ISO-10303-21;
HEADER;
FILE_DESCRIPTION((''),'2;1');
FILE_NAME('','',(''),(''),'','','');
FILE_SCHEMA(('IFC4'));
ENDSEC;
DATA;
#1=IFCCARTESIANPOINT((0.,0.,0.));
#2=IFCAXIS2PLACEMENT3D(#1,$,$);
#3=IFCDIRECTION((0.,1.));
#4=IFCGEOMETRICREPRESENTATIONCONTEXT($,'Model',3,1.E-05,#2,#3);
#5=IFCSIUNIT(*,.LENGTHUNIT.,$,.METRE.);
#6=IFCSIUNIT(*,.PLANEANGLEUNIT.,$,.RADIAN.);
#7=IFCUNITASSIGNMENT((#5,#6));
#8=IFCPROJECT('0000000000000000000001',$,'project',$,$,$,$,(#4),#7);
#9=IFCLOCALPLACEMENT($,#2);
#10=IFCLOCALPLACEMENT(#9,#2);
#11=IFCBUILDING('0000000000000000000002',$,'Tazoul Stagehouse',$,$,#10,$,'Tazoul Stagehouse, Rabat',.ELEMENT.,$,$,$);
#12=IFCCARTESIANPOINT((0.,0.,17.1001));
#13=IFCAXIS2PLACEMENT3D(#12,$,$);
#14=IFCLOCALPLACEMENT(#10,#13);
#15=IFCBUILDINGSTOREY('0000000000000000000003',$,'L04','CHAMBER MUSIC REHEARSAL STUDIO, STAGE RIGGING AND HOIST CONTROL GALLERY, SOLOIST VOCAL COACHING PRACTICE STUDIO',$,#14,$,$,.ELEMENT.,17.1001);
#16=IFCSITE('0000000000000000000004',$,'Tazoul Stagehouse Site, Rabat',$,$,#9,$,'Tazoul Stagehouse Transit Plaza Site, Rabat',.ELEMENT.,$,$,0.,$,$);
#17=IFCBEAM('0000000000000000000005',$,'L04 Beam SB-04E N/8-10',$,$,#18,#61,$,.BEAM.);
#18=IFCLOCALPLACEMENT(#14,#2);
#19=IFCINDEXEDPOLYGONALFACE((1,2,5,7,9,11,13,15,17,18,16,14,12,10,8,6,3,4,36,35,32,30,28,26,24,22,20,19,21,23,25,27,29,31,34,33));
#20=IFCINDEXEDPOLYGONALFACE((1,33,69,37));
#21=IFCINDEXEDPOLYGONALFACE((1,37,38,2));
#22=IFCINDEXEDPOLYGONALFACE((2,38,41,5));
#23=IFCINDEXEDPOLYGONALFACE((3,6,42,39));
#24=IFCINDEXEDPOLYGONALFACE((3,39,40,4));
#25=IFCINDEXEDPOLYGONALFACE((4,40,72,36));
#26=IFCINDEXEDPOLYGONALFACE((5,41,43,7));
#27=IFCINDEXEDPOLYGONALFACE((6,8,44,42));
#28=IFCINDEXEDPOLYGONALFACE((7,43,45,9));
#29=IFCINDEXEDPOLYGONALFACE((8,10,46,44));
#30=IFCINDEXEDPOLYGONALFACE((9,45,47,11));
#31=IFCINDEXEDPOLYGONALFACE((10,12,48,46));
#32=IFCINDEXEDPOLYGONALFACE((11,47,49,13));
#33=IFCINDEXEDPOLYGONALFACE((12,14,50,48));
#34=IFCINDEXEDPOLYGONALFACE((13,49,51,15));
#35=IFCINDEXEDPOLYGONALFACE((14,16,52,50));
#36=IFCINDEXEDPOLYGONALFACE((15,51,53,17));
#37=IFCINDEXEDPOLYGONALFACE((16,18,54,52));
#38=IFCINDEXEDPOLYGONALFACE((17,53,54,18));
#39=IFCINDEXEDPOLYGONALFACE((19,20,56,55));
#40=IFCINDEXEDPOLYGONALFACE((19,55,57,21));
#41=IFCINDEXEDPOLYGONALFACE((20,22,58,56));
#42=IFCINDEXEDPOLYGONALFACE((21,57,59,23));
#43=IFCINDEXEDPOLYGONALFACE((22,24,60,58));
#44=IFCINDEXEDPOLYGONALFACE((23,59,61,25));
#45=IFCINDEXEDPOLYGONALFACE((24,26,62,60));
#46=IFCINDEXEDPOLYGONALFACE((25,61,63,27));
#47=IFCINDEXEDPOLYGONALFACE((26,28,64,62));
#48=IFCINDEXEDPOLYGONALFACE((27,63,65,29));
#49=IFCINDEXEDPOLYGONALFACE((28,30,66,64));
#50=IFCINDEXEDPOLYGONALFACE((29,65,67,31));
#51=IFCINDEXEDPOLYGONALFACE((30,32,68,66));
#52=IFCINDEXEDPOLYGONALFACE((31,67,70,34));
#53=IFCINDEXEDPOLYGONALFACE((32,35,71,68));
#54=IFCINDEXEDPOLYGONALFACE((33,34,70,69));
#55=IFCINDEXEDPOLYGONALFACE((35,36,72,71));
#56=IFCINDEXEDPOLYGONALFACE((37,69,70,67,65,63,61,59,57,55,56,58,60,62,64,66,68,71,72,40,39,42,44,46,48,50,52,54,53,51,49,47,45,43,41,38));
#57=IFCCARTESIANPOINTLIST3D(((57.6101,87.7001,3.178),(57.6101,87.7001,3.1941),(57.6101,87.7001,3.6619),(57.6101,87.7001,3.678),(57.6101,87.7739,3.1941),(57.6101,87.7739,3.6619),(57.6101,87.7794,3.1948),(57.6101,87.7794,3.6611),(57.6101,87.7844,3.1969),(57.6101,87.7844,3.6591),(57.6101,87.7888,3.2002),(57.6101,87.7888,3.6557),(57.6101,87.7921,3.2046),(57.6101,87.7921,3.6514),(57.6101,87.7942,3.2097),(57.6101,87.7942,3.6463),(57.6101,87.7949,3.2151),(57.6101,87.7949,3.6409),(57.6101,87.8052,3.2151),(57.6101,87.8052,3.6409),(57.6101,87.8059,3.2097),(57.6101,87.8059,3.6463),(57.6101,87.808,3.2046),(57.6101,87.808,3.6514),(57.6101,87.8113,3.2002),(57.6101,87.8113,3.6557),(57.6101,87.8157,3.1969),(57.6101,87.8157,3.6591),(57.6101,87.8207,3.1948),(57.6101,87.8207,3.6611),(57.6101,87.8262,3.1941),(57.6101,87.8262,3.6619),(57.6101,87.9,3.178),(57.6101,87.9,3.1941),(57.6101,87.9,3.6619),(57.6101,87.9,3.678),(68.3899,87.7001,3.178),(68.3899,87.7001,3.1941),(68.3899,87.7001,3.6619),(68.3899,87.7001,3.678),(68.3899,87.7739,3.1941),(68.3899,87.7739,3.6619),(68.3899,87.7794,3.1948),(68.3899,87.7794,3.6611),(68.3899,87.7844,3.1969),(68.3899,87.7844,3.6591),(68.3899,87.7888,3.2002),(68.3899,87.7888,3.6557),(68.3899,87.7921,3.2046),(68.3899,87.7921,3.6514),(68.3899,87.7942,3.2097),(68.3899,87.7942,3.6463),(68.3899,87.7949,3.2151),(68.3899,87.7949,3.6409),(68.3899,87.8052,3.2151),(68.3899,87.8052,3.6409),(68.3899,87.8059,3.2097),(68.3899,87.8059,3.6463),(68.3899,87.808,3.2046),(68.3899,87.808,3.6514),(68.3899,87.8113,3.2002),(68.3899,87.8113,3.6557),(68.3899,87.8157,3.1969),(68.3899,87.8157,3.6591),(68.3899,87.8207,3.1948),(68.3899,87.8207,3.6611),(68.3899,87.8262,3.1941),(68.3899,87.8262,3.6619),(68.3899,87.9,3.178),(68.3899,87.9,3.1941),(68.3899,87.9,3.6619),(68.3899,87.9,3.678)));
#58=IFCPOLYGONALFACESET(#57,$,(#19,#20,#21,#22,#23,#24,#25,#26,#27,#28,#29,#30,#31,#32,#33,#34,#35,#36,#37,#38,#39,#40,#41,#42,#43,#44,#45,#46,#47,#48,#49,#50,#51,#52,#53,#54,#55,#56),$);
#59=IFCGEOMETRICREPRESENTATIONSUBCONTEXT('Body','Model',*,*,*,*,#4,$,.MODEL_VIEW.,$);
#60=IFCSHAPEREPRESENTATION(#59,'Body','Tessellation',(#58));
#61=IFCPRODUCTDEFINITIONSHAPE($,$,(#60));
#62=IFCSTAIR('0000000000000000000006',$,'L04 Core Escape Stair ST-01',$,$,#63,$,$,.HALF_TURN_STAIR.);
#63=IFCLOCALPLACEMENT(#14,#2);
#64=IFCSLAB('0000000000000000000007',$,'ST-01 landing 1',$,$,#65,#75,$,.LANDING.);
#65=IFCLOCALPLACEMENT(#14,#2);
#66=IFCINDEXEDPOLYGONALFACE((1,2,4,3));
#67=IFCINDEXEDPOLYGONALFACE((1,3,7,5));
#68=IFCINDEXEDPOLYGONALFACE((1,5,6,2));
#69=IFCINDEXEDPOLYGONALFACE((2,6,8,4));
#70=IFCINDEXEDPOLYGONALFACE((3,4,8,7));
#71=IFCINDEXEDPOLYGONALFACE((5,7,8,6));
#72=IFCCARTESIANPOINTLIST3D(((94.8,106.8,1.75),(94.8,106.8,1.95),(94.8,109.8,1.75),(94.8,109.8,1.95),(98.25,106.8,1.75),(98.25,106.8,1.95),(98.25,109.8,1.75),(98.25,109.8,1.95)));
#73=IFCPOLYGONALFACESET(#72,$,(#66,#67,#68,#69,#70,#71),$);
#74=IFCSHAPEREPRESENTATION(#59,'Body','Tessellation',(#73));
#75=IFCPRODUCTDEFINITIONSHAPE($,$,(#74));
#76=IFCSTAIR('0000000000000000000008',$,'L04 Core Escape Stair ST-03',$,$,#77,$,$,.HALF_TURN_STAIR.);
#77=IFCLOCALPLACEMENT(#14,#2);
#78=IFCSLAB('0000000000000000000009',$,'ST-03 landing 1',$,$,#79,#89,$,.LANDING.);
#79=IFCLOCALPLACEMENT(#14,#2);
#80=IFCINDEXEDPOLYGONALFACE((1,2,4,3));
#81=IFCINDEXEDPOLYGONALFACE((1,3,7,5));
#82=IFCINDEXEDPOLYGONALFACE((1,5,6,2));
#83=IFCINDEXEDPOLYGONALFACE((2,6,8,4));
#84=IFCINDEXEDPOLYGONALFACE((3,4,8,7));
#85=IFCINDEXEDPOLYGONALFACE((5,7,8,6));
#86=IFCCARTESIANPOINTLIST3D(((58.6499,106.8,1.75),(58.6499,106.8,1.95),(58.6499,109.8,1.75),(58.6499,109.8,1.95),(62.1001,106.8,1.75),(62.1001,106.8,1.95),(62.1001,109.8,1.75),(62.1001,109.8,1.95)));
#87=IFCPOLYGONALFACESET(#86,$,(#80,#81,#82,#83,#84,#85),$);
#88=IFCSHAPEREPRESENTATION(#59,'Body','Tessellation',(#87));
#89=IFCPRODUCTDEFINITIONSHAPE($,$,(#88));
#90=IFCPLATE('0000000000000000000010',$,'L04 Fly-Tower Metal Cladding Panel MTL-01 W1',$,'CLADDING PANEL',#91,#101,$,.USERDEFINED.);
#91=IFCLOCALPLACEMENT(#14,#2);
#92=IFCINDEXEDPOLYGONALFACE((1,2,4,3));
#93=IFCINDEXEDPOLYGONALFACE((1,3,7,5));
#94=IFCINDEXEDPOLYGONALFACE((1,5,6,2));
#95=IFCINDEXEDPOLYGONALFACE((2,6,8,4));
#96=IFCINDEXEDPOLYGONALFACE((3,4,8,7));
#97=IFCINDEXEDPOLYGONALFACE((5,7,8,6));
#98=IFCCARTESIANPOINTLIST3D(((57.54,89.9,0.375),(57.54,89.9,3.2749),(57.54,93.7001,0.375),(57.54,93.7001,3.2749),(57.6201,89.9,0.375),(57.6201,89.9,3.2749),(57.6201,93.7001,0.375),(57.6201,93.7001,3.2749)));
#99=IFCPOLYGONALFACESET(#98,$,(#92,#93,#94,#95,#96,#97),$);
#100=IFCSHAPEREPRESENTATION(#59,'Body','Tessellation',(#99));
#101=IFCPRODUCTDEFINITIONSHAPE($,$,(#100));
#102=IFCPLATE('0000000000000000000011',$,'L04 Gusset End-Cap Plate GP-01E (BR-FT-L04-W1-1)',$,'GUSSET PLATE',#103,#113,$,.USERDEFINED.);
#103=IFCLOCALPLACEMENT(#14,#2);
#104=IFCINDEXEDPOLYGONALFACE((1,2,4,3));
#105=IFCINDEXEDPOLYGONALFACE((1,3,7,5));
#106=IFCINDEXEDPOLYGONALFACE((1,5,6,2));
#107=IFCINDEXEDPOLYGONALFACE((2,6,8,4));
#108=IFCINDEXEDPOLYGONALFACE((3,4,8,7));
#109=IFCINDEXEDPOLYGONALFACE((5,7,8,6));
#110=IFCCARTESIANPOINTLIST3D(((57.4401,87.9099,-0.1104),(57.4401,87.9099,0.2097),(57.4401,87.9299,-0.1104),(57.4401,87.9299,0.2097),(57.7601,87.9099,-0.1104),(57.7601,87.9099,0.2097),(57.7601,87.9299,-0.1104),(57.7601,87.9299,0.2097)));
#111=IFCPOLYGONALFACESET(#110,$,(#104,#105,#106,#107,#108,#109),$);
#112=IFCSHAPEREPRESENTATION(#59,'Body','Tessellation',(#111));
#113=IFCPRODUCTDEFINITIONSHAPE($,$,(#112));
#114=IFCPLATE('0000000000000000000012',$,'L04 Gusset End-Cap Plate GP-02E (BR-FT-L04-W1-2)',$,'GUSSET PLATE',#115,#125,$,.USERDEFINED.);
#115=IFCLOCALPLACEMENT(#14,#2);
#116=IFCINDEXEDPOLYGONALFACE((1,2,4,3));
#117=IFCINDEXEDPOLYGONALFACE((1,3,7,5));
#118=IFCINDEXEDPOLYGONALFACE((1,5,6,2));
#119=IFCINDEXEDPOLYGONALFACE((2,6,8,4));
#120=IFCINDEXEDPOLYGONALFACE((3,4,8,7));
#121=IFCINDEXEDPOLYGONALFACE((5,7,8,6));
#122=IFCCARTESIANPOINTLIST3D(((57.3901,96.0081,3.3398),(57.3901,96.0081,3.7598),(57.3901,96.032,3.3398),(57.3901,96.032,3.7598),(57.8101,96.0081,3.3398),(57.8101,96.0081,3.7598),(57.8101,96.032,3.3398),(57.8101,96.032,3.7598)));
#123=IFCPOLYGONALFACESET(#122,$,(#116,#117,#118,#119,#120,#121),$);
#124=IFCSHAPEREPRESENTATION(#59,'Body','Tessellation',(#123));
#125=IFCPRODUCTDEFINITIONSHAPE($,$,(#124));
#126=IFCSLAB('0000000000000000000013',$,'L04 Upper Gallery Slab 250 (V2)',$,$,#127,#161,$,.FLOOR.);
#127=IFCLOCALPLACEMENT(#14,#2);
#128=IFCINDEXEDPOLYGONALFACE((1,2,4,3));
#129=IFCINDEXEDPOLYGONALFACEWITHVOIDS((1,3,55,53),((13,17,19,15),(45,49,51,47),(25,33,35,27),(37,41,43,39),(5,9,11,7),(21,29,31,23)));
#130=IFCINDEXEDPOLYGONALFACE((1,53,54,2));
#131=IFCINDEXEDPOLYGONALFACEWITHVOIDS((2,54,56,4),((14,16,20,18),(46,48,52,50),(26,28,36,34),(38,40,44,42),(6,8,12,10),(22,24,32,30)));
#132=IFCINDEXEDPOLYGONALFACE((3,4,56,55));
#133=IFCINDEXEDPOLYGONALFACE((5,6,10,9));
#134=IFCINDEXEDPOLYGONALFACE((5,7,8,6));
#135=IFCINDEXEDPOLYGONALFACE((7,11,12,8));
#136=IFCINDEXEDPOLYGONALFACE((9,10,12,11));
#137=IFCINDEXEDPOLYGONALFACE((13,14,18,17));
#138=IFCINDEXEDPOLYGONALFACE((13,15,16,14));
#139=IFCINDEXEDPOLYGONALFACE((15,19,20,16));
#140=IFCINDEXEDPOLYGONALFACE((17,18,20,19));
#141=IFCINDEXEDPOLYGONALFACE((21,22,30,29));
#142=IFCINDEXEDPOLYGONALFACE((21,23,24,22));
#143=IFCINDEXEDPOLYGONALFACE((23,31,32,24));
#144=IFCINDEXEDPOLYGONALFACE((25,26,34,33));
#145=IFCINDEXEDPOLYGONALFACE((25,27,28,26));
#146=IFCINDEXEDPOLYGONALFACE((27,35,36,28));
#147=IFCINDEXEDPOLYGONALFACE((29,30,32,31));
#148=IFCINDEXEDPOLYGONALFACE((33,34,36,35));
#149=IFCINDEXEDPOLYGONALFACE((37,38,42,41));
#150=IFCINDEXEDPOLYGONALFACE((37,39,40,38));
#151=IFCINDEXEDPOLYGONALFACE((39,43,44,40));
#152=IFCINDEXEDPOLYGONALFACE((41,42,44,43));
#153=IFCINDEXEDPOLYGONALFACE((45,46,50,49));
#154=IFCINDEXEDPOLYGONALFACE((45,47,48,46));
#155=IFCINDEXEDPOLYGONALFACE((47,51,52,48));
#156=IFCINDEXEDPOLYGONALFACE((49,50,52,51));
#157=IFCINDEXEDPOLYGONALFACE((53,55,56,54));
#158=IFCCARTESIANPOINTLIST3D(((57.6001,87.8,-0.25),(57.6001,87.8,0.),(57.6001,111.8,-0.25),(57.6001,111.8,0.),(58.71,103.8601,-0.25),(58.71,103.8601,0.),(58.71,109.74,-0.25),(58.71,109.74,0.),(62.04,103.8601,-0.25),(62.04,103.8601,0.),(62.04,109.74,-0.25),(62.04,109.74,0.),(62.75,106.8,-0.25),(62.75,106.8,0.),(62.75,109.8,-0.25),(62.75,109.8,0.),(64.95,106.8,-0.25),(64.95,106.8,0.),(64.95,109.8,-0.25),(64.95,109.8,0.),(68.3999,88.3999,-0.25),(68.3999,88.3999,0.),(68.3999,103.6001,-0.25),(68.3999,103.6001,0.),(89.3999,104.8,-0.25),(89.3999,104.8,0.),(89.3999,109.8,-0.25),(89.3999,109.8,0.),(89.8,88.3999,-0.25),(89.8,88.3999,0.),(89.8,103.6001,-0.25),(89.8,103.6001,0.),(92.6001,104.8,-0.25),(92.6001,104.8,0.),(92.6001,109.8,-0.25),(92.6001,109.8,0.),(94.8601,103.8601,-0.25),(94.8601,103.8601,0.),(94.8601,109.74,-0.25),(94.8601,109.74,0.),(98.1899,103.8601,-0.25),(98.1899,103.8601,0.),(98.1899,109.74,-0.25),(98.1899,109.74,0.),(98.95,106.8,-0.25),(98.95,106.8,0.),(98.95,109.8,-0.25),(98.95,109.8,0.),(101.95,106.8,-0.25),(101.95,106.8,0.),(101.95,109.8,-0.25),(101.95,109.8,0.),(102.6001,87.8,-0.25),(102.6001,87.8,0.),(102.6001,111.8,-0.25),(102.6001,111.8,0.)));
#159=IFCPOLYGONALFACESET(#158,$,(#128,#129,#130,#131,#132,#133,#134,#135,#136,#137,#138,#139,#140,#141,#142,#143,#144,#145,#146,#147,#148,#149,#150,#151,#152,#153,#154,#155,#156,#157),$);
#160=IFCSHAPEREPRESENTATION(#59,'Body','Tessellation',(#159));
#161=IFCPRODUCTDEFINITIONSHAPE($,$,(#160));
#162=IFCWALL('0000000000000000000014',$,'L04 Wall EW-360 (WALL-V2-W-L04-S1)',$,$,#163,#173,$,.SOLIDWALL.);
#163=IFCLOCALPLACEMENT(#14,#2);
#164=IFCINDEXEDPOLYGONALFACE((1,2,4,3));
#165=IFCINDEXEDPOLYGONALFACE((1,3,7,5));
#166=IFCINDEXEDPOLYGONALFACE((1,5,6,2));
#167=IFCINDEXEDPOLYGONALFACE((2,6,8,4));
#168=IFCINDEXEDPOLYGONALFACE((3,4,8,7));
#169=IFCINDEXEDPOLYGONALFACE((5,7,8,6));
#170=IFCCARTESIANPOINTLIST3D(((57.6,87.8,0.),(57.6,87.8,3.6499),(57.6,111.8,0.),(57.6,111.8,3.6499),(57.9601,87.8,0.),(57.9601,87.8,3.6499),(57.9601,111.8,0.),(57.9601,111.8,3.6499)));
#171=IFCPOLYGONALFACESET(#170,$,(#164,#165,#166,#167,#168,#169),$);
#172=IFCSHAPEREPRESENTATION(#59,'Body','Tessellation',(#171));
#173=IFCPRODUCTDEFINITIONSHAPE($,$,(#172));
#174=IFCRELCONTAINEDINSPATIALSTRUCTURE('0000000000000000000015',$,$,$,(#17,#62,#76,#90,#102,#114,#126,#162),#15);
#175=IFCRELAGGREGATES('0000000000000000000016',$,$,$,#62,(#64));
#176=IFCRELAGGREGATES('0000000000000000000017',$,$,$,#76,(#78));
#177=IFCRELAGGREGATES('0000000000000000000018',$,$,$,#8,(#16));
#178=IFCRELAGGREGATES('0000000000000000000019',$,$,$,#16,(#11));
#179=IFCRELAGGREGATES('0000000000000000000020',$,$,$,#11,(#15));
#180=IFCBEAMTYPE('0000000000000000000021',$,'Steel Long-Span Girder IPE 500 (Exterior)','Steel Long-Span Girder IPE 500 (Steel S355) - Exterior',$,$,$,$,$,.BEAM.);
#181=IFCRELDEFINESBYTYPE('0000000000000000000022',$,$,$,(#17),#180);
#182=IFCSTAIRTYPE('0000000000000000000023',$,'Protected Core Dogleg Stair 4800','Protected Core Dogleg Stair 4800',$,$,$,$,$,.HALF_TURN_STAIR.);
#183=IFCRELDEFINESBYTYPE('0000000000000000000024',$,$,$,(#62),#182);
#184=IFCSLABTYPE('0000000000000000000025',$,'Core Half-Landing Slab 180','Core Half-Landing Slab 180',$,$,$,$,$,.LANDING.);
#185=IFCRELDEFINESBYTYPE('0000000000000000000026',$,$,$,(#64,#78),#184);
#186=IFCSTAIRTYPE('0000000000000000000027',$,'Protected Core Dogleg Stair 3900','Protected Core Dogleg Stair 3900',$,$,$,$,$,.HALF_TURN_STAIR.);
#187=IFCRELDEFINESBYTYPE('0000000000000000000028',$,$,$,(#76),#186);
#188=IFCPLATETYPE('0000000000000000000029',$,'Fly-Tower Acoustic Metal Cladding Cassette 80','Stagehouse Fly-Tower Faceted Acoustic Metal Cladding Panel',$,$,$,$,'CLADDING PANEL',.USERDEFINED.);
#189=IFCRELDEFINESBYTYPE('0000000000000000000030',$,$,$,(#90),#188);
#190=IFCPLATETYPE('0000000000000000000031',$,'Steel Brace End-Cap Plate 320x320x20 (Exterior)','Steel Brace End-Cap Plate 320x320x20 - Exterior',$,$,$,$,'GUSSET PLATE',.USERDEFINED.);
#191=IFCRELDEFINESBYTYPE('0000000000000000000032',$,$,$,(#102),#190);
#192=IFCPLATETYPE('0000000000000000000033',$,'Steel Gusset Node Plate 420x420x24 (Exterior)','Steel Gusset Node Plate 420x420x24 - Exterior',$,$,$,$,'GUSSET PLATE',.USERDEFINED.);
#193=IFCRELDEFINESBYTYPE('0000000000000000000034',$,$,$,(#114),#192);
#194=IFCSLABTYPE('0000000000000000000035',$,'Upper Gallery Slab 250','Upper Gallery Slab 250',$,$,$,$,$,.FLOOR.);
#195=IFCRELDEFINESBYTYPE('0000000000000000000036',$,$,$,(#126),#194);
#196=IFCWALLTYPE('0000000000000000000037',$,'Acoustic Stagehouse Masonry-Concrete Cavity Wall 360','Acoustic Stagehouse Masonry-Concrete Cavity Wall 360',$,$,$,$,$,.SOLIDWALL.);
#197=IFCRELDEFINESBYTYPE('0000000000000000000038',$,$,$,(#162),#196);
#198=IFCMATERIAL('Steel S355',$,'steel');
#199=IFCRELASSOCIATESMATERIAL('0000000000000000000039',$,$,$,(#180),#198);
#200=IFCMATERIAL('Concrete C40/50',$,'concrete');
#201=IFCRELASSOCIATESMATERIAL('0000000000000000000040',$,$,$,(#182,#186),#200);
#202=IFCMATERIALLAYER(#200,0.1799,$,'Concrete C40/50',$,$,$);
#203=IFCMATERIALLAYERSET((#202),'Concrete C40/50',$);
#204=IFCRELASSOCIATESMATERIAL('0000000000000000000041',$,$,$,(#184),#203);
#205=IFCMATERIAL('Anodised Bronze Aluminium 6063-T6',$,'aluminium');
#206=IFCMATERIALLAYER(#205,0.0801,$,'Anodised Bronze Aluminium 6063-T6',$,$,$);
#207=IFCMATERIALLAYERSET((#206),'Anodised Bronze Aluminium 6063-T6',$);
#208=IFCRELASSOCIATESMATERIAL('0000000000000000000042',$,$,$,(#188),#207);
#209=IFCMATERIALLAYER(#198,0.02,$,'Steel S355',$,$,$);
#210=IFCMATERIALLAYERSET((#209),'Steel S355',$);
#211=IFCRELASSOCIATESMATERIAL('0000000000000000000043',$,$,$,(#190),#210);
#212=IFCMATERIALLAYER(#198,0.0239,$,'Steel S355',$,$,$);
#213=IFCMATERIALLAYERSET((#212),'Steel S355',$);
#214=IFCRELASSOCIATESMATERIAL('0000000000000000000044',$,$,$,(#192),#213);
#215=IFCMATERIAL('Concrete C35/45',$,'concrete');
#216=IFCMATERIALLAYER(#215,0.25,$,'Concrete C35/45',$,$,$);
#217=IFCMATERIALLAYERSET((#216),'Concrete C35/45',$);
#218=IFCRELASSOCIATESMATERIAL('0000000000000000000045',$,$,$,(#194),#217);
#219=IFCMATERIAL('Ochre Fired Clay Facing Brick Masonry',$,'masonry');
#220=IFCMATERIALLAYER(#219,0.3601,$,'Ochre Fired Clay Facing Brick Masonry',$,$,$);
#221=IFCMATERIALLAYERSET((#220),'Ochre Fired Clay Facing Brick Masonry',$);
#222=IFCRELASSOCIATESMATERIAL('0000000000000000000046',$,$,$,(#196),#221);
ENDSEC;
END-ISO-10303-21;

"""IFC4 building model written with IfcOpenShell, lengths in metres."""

from ifc_helpers import new_model, si_unit, direction, frame, frame_2d, origin, origin_2d, place, context, subcontext, project, spatial, polyline, rectangle, i_section, outline, extrude, material, layer, layer_set, material_profile, profile_set, type_object, element, aggregate, save


model = new_model("IFC4")

# Units and contexts
model_context = context("Model", 3, precision=1e-05, world=origin(), true_north=direction((0.0, 1.0)))
body_context = subcontext(model_context, "Body", "Model", "MODEL_VIEW")
ifc_project = project(units=[si_unit("LENGTHUNIT", "METRE"), si_unit("PLANEANGLEUNIT", "RADIAN")], contexts=[model_context])

# Site, building, storey
site_placement = place(None, origin())
site = spatial("IfcSite", under=ifc_project, at=site_placement, Name="Tazoul Stagehouse Site, Rabat", LongName="Tazoul Stagehouse Transit Plaza Site, Rabat", CompositionType="ELEMENT", RefElevation=0.0)
building_placement = place(site_placement, origin())
building = spatial("IfcBuilding", under=site, at=building_placement, Name="Tazoul Stagehouse", LongName="Tazoul Stagehouse, Rabat", CompositionType="ELEMENT")
storey_placement = place(building_placement, frame((0.0, 0.0, 17.1001)))
storey = spatial("IfcBuildingStorey", under=building, at=storey_placement, Name="L04", Description="CHAMBER MUSIC REHEARSAL STUDIO, STAGE RIGGING AND HOIST CONTROL GALLERY, SOLOIST VOCAL COACHING PRACTICE STUDIO", CompositionType="ELEMENT", Elevation=17.1001)

# Shared definitions
ifc_material_1 = material(Name="Steel S355", Category="steel")

# Beam
ifc_material_profile_1 = material_profile(ifc_material_1, i_section(OverallWidth=0.2, OverallDepth=0.5, WebThickness=0.0103, FlangeThickness=0.0161, FilletRadius=0.021, at=origin_2d()), Name="IPE 500")
ifc_profile_set_1 = profile_set([ifc_material_profile_1], Name="Steel S355")
beam_type_1 = type_object("IfcBeamType", Name="Steel Long-Span Girder IPE 500 (Exterior)", Description="Steel Long-Span Girder IPE 500 (Steel S355) - Exterior", PredefinedType="BEAM", material=ifc_profile_set_1)
beam_1_placement = place(storey_placement, frame((57.6101, 87.8, 3.428), z_axis=(1.0, 0.0, 0.0), x_axis=(0.0, 1.0, 0.0)))
element("IfcBeam", 1, at=beam_1_placement, inside=storey, type_object=beam_type_1, Name="L04 Beam SB-04E N/8-10", PredefinedType="BEAM", context=body_context, shape_type="SweptSolid", body=[
    extrude(i_section(OverallWidth=0.2, OverallDepth=0.5, WebThickness=0.0103, FlangeThickness=0.0161, FilletRadius=0.021, at=origin_2d()), origin(), (0.0, 0.0, 1.0), 10.7798),
])

# Stairs, slabs
ifc_material_2 = material(Name="Concrete C40/50", Category="concrete")
stair_type_1 = type_object("IfcStairType", Name="Protected Core Dogleg Stair 4800", Description="Protected Core Dogleg Stair 4800", PredefinedType="HALF_TURN_STAIR", material=ifc_material_2)
stair_1_placement = place(storey_placement, origin())
stair_1 = element("IfcStair", 2, at=stair_1_placement, inside=storey, type_object=stair_type_1, Name="L04 Core Escape Stair ST-01", PredefinedType="HALF_TURN_STAIR")
ifc_layer_1 = layer(ifc_material_2, 0.1799, Name="Concrete C40/50")
ifc_layer_set_1 = layer_set([ifc_layer_1], Name="Concrete C40/50")
slab_type_1 = type_object("IfcSlabType", Name="Core Half-Landing Slab 180", Description="Core Half-Landing Slab 180", PredefinedType="LANDING", material=ifc_layer_set_1)
slab_1_placement = place(storey_placement, frame((0.0, 0.0, 1.75)))
slab_1 = element("IfcSlab", 3, at=slab_1_placement, type_object=slab_type_1, Name="ST-01 landing 1", PredefinedType="LANDING", context=body_context, shape_type="SweptSolid", body=[
    extrude(outline(polyline([(98.25, 106.8), (98.25, 109.8), (94.8, 109.8), (94.8, 106.8), (98.25, 106.8)])), origin(), (0.0, 0.0, 1.0), 0.2),
])
aggregate(stair_1, [slab_1])
stair_type_2 = type_object("IfcStairType", Name="Protected Core Dogleg Stair 3900", Description="Protected Core Dogleg Stair 3900", PredefinedType="HALF_TURN_STAIR", material=ifc_material_2)
stair_2_placement = place(storey_placement, origin())
stair_2 = element("IfcStair", 4, at=stair_2_placement, inside=storey, type_object=stair_type_2, Name="L04 Core Escape Stair ST-03", PredefinedType="HALF_TURN_STAIR")
slab_2_placement = place(storey_placement, frame((0.0, 0.0, 1.75)))
slab_2 = element("IfcSlab", 5, at=slab_2_placement, type_object=slab_type_1, Name="ST-03 landing 1", PredefinedType="LANDING", context=body_context, shape_type="SweptSolid", body=[
    extrude(outline(polyline([(62.1001, 106.8), (62.1001, 109.8), (58.6499, 109.8), (58.6499, 106.8), (62.1001, 106.8)])), origin(), (0.0, 0.0, 1.0), 0.2),
])
aggregate(stair_2, [slab_2])

# Plates
ifc_material_3 = material(Name="Anodised Bronze Aluminium 6063-T6", Category="aluminium")
ifc_layer_2 = layer(ifc_material_3, 0.0801, Name="Anodised Bronze Aluminium 6063-T6")
ifc_layer_set_2 = layer_set([ifc_layer_2], Name="Anodised Bronze Aluminium 6063-T6")
plate_type_1 = type_object("IfcPlateType", Name="Fly-Tower Acoustic Metal Cladding Cassette 80", Description="Stagehouse Fly-Tower Faceted Acoustic Metal Cladding Panel", ElementType="CLADDING PANEL", PredefinedType="USERDEFINED", material=ifc_layer_set_2)
plate_1_placement = place(storey_placement, frame((57.5801, 91.8, 0.375), z_axis=(0.0, 0.0, 1.0), x_axis=(0.0, 1.0, 0.0)))
element("IfcPlate", 6, at=plate_1_placement, inside=storey, type_object=plate_type_1, Name="L04 Fly-Tower Metal Cladding Panel MTL-01 W1", ObjectType="CLADDING PANEL", PredefinedType="USERDEFINED", context=body_context, shape_type="SweptSolid", body=[
    extrude(rectangle(XDim=3.8, YDim=0.0801, at=origin_2d()), origin(), (0.0, 0.0, 1.0), 2.8999),
])
ifc_layer_3 = layer(ifc_material_1, 0.02, Name="Steel S355")
ifc_layer_set_3 = layer_set([ifc_layer_3], Name="Steel S355")
plate_type_2 = type_object("IfcPlateType", Name="Steel Brace End-Cap Plate 320x320x20 (Exterior)", Description="Steel Brace End-Cap Plate 320x320x20 - Exterior", ElementType="GUSSET PLATE", PredefinedType="USERDEFINED", material=ifc_layer_set_3)
plate_2_placement = place(storey_placement, frame((57.6001, 87.9199, -0.1104), z_axis=(0.0, 0.0, 1.0), x_axis=(0.0, 1.0, 0.0)))
element("IfcPlate", 7, at=plate_2_placement, inside=storey, type_object=plate_type_2, Name="L04 Gusset End-Cap Plate GP-01E (BR-FT-L04-W1-1)", ObjectType="GUSSET PLATE", PredefinedType="USERDEFINED", context=body_context, shape_type="SweptSolid", body=[
    extrude(rectangle(XDim=0.02, YDim=0.3201, at=origin_2d()), origin(), (0.0, 0.0, 1.0), 0.3201),
])
ifc_layer_4 = layer(ifc_material_1, 0.0239, Name="Steel S355")
ifc_layer_set_4 = layer_set([ifc_layer_4], Name="Steel S355")
plate_type_3 = type_object("IfcPlateType", Name="Steel Gusset Node Plate 420x420x24 (Exterior)", Description="Steel Gusset Node Plate 420x420x24 - Exterior", ElementType="GUSSET PLATE", PredefinedType="USERDEFINED", material=ifc_layer_set_4)
plate_3_placement = place(storey_placement, frame((57.6001, 96.02, 3.3398), z_axis=(0.0, 0.0, 1.0), x_axis=(0.0, 1.0, 0.0)))
element("IfcPlate", 8, at=plate_3_placement, inside=storey, type_object=plate_type_3, Name="L04 Gusset End-Cap Plate GP-02E (BR-FT-L04-W1-2)", ObjectType="GUSSET PLATE", PredefinedType="USERDEFINED", context=body_context, shape_type="SweptSolid", body=[
    extrude(rectangle(XDim=0.0239, YDim=0.4199, at=origin_2d()), origin(), (0.0, 0.0, 1.0), 0.4199),
])

# Slab
ifc_material_4 = material(Name="Concrete C35/45", Category="concrete")
ifc_layer_5 = layer(ifc_material_4, 0.25, Name="Concrete C35/45")
ifc_layer_set_5 = layer_set([ifc_layer_5], Name="Concrete C35/45")
slab_type_2 = type_object("IfcSlabType", Name="Upper Gallery Slab 250", Description="Upper Gallery Slab 250", PredefinedType="FLOOR", material=ifc_layer_set_5)
slab_3_placement = place(storey_placement, frame((0.0, 0.0, -0.25)))
element("IfcSlab", 9, at=slab_3_placement, inside=storey, type_object=slab_type_2, Name="L04 Upper Gallery Slab 250 (V2)", PredefinedType="FLOOR", context=body_context, shape_type="SweptSolid", body=[
    extrude(outline(polyline([(57.6001, 87.8), (57.6001, 111.8), (102.6001, 111.8), (102.6001, 87.8), (57.6001, 87.8)]), holes=[polyline([(89.8, 88.3999), (68.3999, 88.3999), (68.3999, 103.6001), (89.8, 103.6001), (89.8, 88.3999)]), polyline([(62.04, 103.8601), (58.71, 103.8601), (58.71, 109.74), (62.04, 109.74), (62.04, 103.8601)]), polyline([(98.1899, 103.8601), (94.8601, 103.8601), (94.8601, 109.74), (98.1899, 109.74), (98.1899, 103.8601)]), polyline([(92.6001, 109.8), (92.6001, 104.8), (89.3999, 104.8), (89.3999, 109.8), (92.6001, 109.8)]), polyline([(64.95, 106.8), (62.75, 106.8), (62.75, 109.8), (64.95, 109.8), (64.95, 106.8)]), polyline([(101.95, 106.8), (98.95, 106.8), (98.95, 109.8), (101.95, 109.8), (101.95, 106.8)])]), origin(), (0.0, 0.0, 1.0), 0.25),
])

# Wall
ifc_material_5 = material(Name="Ochre Fired Clay Facing Brick Masonry", Category="masonry")
ifc_layer_6 = layer(ifc_material_5, 0.3601, Name="Ochre Fired Clay Facing Brick Masonry")
ifc_layer_set_6 = layer_set([ifc_layer_6], Name="Ochre Fired Clay Facing Brick Masonry")
wall_type_1 = type_object("IfcWallType", Name="Acoustic Stagehouse Masonry-Concrete Cavity Wall 360", Description="Acoustic Stagehouse Masonry-Concrete Cavity Wall 360", PredefinedType="SOLIDWALL", material=ifc_layer_set_6)
wall_1_placement = place(storey_placement, frame((57.78, 87.8, 0.0), z_axis=(0.0, 0.0, 1.0), x_axis=(0.0, 1.0, 0.0)))
element("IfcWall", 10, at=wall_1_placement, inside=storey, type_object=wall_type_1, Name="L04 Wall EW-360 (WALL-V2-W-L04-S1)", PredefinedType="SOLIDWALL", context=body_context, shape_type="SweptSolid", body=[
    extrude(rectangle(XDim=24.0, YDim=0.3601, at=frame_2d((12.0, 0.0))), origin(), (0.0, 0.0, 1.0), 3.6499),
])

save(model, "model.ifc")
